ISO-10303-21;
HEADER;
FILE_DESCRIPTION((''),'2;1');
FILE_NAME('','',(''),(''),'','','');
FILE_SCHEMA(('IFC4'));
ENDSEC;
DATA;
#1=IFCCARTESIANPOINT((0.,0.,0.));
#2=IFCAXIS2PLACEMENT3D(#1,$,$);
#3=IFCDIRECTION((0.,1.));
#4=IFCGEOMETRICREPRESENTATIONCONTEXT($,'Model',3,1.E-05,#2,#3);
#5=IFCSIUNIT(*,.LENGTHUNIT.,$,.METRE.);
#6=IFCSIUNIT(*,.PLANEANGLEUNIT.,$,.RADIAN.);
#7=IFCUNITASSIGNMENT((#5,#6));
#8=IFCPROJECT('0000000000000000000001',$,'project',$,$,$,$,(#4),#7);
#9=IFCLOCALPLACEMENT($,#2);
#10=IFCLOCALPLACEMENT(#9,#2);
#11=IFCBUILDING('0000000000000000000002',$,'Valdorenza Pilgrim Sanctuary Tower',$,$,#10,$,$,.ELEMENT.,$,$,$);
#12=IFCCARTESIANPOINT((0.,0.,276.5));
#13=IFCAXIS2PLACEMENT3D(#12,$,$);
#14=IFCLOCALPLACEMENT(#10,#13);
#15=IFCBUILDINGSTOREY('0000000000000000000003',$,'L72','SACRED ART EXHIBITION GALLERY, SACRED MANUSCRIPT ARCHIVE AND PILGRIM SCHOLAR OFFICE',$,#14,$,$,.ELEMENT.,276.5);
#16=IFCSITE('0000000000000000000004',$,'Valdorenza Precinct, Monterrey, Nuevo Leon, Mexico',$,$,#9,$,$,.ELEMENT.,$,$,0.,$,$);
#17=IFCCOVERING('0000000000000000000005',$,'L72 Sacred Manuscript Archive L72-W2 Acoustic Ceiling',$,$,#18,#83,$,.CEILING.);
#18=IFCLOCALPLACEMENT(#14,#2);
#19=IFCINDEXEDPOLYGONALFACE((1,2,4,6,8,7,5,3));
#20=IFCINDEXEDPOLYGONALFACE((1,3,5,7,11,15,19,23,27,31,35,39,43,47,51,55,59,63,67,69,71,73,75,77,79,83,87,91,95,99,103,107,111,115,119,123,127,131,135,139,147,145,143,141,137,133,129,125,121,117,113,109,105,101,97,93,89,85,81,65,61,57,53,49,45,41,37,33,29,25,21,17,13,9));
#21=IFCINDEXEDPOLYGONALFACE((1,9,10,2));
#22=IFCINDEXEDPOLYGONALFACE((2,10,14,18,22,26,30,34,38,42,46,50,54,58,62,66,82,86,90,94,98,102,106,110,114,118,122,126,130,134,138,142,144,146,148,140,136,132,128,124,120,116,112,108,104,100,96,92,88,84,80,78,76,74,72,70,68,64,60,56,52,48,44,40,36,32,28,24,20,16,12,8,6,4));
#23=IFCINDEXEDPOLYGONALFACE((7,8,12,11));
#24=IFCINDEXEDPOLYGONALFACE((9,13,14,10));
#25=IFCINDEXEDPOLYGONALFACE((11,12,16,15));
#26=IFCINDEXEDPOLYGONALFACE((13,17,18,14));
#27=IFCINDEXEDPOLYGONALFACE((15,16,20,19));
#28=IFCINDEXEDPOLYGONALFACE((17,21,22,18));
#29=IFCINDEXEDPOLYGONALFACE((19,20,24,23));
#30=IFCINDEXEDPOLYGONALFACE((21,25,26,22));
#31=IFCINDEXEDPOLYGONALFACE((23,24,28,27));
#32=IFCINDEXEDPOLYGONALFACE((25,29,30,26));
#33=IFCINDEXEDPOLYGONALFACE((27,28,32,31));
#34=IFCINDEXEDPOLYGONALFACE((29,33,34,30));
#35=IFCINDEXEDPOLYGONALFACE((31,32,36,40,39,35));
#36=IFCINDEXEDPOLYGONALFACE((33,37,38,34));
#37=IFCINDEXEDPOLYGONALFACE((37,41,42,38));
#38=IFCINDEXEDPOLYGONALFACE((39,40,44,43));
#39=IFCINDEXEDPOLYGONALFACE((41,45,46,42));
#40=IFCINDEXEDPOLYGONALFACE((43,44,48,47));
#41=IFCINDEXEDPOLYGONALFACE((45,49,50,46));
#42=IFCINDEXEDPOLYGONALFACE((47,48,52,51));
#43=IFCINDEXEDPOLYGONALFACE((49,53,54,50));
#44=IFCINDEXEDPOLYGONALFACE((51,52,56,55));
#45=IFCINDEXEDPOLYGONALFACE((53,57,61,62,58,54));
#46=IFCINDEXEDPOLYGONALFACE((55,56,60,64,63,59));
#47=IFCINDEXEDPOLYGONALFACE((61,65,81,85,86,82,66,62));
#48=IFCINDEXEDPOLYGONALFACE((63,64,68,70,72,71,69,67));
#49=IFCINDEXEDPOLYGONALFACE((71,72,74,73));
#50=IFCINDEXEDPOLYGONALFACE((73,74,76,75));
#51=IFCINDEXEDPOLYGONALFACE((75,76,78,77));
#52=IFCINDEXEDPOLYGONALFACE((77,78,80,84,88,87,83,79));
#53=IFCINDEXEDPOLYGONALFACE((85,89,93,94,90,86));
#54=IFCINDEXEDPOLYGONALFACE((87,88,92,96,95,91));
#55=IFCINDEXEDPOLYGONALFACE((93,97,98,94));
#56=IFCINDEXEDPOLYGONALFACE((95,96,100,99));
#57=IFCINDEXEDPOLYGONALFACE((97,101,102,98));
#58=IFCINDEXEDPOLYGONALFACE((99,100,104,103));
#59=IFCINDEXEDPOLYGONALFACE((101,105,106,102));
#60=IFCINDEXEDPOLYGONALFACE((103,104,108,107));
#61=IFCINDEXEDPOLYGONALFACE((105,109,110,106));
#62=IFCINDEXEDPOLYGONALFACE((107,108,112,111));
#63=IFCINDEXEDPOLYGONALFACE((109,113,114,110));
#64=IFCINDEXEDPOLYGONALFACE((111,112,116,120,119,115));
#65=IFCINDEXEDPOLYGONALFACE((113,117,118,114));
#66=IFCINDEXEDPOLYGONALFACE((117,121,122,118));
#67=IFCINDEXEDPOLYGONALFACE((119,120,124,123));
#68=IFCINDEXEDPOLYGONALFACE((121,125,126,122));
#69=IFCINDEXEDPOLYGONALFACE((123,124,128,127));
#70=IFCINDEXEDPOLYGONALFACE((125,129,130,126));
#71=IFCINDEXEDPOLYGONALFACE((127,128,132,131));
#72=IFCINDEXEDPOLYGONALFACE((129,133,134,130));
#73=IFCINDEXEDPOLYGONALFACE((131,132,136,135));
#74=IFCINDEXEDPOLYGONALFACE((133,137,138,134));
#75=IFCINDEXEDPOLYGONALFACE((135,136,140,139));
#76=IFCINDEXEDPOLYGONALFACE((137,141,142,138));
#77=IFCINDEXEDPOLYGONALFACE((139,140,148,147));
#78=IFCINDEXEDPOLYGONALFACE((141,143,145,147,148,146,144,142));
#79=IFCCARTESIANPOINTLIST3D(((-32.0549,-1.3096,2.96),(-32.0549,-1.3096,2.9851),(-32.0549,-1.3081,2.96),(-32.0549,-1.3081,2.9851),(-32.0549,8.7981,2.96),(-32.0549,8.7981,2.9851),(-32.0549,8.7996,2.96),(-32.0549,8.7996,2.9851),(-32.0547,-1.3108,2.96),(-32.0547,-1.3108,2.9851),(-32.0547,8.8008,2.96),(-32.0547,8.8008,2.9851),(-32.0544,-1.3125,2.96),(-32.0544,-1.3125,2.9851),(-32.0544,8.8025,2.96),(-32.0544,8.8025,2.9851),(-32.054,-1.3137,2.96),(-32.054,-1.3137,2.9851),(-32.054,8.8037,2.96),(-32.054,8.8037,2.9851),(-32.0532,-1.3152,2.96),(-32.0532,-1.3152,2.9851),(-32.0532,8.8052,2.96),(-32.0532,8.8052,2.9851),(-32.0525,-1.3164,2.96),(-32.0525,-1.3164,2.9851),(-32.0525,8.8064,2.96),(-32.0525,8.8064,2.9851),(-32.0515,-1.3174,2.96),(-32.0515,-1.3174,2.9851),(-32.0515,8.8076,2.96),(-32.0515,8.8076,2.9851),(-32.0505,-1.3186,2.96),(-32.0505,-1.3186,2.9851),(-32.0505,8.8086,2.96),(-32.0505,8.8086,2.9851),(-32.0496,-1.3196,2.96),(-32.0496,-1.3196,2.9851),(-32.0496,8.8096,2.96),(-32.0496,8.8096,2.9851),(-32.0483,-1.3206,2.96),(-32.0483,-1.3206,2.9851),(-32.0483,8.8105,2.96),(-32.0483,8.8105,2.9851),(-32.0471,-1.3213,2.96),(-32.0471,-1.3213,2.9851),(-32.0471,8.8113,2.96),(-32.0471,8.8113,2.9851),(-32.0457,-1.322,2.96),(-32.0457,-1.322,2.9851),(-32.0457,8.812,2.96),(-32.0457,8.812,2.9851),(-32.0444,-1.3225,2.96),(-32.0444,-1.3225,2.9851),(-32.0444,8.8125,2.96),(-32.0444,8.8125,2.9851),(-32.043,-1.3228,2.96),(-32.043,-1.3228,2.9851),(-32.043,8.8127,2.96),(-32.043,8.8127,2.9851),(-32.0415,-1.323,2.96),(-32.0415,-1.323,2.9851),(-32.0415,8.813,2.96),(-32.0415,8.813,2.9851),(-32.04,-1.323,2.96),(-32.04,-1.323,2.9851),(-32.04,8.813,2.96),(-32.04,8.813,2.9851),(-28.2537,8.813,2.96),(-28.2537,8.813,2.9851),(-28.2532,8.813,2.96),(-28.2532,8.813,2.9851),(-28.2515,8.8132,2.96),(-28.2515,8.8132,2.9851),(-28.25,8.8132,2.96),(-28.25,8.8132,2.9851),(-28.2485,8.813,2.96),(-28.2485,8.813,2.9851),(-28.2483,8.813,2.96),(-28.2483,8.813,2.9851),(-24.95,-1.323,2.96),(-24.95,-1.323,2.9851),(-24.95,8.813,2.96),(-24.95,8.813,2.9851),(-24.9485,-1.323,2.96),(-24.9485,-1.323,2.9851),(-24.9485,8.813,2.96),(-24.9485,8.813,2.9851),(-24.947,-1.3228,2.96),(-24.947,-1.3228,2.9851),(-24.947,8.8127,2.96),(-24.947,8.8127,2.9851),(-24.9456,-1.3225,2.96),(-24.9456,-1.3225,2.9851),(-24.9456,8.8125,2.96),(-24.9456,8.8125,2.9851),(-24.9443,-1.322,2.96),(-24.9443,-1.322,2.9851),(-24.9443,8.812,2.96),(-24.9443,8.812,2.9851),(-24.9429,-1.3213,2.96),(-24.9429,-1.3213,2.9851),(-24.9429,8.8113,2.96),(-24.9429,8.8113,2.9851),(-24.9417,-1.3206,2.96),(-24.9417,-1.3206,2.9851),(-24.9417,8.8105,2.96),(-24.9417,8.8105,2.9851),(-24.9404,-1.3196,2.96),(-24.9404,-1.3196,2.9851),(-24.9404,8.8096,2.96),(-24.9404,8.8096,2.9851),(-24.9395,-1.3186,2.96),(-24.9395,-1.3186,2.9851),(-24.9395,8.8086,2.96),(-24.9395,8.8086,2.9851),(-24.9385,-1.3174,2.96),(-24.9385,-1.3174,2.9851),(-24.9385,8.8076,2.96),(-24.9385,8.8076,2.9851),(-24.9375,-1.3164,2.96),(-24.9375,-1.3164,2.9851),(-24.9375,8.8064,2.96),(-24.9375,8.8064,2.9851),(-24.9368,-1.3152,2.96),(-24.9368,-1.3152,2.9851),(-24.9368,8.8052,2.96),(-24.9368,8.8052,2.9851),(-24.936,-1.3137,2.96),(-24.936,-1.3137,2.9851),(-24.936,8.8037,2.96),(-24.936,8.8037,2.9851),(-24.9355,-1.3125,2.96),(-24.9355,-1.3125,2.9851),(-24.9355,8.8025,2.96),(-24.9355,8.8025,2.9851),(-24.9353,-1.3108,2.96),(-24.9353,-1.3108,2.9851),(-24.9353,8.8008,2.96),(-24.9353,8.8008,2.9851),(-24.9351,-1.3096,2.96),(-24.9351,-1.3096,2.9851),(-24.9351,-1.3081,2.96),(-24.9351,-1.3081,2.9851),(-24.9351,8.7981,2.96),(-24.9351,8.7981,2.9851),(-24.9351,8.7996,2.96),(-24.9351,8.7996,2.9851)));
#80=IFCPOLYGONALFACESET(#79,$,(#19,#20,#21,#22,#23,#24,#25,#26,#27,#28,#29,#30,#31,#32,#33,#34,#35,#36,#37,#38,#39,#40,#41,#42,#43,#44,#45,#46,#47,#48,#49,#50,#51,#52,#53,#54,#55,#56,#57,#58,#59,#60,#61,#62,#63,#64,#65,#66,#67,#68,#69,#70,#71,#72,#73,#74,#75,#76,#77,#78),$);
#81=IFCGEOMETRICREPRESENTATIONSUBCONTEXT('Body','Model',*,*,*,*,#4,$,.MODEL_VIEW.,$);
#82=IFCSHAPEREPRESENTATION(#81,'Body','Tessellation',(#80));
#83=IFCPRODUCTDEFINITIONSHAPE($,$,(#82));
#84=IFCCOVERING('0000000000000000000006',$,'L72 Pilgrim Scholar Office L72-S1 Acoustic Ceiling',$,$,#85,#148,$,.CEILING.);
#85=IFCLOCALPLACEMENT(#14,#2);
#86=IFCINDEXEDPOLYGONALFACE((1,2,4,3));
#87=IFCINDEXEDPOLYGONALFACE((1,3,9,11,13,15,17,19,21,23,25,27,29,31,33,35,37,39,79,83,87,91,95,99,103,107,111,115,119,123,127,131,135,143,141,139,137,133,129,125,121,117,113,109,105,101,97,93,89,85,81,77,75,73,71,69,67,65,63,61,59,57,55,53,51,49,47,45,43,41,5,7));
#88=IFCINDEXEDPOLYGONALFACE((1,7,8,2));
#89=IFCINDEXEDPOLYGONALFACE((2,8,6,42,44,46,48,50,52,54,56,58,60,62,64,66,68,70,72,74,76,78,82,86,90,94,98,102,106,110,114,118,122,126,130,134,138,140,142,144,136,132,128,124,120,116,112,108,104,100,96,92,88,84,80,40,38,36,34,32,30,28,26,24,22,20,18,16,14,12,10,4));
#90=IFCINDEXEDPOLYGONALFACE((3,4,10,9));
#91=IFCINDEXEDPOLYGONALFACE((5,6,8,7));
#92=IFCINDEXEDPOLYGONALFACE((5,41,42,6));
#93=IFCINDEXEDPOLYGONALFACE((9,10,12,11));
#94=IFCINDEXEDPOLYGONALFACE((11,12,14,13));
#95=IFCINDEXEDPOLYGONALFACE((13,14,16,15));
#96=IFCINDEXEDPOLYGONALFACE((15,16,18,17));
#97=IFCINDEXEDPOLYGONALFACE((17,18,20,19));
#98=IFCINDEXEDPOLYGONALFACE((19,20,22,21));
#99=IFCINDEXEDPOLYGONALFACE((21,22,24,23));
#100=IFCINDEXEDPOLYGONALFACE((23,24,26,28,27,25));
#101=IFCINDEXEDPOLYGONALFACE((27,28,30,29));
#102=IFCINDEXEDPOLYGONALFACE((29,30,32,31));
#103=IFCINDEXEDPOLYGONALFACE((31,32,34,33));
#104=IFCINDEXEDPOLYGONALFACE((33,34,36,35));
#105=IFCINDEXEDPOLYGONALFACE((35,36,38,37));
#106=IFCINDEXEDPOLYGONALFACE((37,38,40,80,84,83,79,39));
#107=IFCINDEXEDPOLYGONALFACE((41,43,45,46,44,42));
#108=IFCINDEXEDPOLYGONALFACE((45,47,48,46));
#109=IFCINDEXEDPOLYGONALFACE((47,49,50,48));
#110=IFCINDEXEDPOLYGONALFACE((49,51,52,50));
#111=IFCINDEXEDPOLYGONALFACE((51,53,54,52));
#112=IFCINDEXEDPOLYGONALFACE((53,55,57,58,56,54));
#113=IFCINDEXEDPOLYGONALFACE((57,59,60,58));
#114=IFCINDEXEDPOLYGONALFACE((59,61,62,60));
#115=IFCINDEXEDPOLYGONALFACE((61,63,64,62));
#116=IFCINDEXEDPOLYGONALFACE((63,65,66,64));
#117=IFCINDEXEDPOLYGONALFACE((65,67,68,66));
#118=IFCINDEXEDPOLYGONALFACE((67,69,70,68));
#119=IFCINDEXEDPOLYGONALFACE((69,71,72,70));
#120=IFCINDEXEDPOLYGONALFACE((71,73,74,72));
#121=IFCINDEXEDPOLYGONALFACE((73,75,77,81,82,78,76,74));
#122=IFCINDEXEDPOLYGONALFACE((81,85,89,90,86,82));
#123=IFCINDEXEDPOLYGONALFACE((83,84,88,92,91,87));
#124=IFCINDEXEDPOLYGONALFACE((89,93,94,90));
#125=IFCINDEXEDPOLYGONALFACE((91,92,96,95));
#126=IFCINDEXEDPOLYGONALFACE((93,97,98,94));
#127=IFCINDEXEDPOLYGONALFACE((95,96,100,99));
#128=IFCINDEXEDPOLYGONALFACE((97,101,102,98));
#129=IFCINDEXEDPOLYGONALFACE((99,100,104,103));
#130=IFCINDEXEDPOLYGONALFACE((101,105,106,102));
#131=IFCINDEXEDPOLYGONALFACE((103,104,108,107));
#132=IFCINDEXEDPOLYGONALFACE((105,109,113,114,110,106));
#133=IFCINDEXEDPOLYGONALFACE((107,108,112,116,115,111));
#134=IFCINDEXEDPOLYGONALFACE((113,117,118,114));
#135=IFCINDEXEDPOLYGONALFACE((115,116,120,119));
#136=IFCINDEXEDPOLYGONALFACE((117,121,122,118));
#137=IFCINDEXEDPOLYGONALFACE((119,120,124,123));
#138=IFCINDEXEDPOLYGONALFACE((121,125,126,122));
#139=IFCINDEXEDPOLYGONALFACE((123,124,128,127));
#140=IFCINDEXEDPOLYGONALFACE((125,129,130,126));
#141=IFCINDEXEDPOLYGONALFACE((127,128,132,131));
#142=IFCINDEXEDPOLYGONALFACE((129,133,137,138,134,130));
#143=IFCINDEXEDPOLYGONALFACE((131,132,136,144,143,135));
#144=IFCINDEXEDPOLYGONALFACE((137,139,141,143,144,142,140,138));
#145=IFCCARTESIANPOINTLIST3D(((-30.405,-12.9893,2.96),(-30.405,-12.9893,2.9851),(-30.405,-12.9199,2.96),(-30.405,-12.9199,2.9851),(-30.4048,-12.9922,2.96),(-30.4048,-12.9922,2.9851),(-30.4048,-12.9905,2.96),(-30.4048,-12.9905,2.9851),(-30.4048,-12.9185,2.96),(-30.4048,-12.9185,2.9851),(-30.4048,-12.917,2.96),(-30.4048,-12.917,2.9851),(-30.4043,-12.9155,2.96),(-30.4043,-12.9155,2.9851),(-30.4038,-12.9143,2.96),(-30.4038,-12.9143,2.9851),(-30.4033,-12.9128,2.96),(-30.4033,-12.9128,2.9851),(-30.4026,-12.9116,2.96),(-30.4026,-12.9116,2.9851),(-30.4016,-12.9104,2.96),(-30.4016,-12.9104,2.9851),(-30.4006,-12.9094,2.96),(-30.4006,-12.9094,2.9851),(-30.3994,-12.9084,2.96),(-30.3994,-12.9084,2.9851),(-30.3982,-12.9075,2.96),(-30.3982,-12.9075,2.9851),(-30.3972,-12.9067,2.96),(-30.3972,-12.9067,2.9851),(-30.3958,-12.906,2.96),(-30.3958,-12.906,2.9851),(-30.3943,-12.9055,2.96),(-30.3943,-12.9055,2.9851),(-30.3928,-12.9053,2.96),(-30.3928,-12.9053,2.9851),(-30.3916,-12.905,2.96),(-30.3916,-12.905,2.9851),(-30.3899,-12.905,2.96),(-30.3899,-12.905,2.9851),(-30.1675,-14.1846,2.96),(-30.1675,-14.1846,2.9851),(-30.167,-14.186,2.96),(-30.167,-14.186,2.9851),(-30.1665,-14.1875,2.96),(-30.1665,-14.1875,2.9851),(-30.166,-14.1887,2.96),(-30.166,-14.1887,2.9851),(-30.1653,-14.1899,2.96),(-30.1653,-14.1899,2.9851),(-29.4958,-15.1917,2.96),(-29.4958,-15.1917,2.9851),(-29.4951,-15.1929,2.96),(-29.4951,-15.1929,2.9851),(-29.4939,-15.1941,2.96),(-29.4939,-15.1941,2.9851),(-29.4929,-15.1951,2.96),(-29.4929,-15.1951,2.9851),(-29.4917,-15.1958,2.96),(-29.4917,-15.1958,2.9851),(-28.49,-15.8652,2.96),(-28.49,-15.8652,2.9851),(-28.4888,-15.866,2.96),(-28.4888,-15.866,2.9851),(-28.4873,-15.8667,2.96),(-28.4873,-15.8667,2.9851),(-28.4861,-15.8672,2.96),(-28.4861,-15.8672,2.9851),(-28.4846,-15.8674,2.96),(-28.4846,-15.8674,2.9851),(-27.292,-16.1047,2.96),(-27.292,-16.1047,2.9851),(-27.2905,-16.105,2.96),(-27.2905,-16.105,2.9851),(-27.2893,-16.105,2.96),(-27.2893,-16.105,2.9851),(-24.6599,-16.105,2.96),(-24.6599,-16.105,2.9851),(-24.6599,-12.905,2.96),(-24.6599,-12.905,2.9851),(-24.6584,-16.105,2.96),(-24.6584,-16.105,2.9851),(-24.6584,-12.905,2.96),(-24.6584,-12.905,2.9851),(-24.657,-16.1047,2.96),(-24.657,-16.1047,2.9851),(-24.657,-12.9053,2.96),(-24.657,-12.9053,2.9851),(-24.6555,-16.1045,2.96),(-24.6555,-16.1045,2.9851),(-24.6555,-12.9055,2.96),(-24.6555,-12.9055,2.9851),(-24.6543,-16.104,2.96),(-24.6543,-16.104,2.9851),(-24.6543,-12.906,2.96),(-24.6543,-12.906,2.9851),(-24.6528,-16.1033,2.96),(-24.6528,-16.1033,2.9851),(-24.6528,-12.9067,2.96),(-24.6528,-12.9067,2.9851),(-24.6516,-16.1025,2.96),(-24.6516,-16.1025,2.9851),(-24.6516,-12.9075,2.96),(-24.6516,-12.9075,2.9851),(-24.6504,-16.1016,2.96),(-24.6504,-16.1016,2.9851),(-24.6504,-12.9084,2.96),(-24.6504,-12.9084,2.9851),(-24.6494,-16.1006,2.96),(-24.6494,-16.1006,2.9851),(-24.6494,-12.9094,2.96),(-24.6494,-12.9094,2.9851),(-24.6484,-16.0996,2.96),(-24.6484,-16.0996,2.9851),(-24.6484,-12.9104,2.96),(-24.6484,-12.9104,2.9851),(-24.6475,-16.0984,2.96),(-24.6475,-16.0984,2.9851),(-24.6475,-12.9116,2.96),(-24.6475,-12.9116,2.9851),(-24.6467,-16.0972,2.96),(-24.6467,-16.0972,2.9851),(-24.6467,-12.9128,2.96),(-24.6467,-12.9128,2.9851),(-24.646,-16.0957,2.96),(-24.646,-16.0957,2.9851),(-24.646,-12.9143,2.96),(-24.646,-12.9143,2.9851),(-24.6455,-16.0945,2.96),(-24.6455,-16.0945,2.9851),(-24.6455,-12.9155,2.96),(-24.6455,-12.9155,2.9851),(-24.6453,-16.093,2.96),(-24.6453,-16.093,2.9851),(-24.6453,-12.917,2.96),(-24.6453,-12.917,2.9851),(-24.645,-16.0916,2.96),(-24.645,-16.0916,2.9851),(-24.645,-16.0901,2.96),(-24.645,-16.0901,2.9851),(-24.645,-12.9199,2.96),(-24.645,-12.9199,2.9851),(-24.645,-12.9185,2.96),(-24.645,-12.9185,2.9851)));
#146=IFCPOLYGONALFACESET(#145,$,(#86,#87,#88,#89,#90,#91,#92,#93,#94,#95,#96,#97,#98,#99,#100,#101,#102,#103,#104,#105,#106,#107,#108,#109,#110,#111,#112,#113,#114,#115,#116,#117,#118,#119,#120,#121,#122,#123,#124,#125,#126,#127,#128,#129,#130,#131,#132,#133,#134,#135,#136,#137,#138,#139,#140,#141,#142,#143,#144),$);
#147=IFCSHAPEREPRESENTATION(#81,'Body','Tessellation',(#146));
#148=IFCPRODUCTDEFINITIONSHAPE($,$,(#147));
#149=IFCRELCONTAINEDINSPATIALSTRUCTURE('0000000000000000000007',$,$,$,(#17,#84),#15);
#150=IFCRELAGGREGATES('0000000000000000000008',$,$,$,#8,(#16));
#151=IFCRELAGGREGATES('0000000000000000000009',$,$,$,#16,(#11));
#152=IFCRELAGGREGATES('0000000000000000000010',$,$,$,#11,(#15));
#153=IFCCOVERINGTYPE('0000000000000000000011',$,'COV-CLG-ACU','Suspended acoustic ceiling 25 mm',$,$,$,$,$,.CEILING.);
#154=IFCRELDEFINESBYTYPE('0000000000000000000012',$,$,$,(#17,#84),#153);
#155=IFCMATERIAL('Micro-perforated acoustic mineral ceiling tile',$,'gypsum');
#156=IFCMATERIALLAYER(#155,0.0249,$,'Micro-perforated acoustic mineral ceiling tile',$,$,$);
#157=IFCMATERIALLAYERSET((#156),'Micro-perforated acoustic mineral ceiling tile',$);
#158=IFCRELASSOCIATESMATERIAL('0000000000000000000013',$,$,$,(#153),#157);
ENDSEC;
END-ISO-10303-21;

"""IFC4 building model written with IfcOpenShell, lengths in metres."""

from ifc_helpers import new_model, si_unit, direction, frame, origin, place, context, subcontext, project, spatial, polyline, outline, extrude, material, layer, layer_set, type_object, element, save


model = new_model("IFC4")

# Units and contexts
model_context = context("Model", 3, precision=1e-05, world=origin(), true_north=direction((0.0, 1.0)))
body_context = subcontext(model_context, "Body", "Model", "MODEL_VIEW")
ifc_project = project(units=[si_unit("LENGTHUNIT", "METRE"), si_unit("PLANEANGLEUNIT", "RADIAN")], contexts=[model_context])

# Site, building, storey
site_placement = place(None, origin())
site = spatial("IfcSite", under=ifc_project, at=site_placement, Name="Valdorenza Precinct, Monterrey, Nuevo Leon, Mexico", CompositionType="ELEMENT", RefElevation=0.0)
building_placement = place(site_placement, origin())
building = spatial("IfcBuilding", under=site, at=building_placement, Name="Valdorenza Pilgrim Sanctuary Tower", CompositionType="ELEMENT")
storey_placement = place(building_placement, frame((0.0, 0.0, 276.5)))
storey = spatial("IfcBuildingStorey", under=building, at=storey_placement, Name="L72", Description="SACRED ART EXHIBITION GALLERY, SACRED MANUSCRIPT ARCHIVE AND PILGRIM SCHOLAR OFFICE", CompositionType="ELEMENT", Elevation=276.5)

# Coverings
ifc_material_1 = material(Name="Micro-perforated acoustic mineral ceiling tile", Category="gypsum")
ifc_layer_1 = layer(ifc_material_1, 0.0249, Name="Micro-perforated acoustic mineral ceiling tile")
ifc_layer_set_1 = layer_set([ifc_layer_1], Name="Micro-perforated acoustic mineral ceiling tile")
covering_type_1 = type_object("IfcCoveringType", Name="COV-CLG-ACU", Description="Suspended acoustic ceiling 25 mm", PredefinedType="CEILING", material=ifc_layer_set_1)
covering_1_placement = place(storey_placement, frame((0.0, 0.0, 2.96)))
element("IfcCovering", 1, at=covering_1_placement, inside=storey, type_object=covering_type_1, Name="L72 Sacred Manuscript Archive L72-W2 Acoustic Ceiling", PredefinedType="CEILING", context=body_context, shape_type="SweptSolid", body=[
    extrude(outline(polyline([(-28.2537, 8.813), (-28.2532, 8.813), (-28.2515, 8.8132), (-28.25, 8.8132), (-28.2485, 8.813), (-28.2483, 8.813), (-24.95, 8.813), (-24.9485, 8.813), (-24.947, 8.8127), (-24.9456, 8.8125), (-24.9443, 8.812), (-24.9429, 8.8113), (-24.9417, 8.8105), (-24.9404, 8.8096), (-24.9395, 8.8086), (-24.9385, 8.8076), (-24.9375, 8.8064), (-24.9368, 8.8052), (-24.936, 8.8037), (-24.9355, 8.8025), (-24.9353, 8.8008), (-24.9351, 8.7996), (-24.9351, 8.7981), (-24.9351, -1.3081), (-24.9351, -1.3096), (-24.9353, -1.3108), (-24.9355, -1.3125), (-24.936, -1.3137), (-24.9368, -1.3152), (-24.9375, -1.3164), (-24.9385, -1.3174), (-24.9395, -1.3186), (-24.9404, -1.3196), (-24.9417, -1.3206), (-24.9429, -1.3213), (-24.9443, -1.322), (-24.9456, -1.3225), (-24.947, -1.3228), (-24.9485, -1.323), (-24.95, -1.323), (-32.04, -1.323), (-32.0415, -1.323), (-32.043, -1.3228), (-32.0444, -1.3225), (-32.0457, -1.322), (-32.0471, -1.3213), (-32.0483, -1.3206), (-32.0496, -1.3196), (-32.0505, -1.3186), (-32.0515, -1.3174), (-32.0525, -1.3164), (-32.0532, -1.3152), (-32.054, -1.3137), (-32.0544, -1.3125), (-32.0547, -1.3108), (-32.0549, -1.3096), (-32.0549, -1.3081), (-32.0549, 8.7981), (-32.0549, 8.7996), (-32.0547, 8.8008), (-32.0544, 8.8025), (-32.054, 8.8037), (-32.0532, 8.8052), (-32.0525, 8.8064), (-32.0515, 8.8076), (-32.0505, 8.8086), (-32.0496, 8.8096), (-32.0483, 8.8105), (-32.0471, 8.8113), (-32.0457, 8.812), (-32.0444, 8.8125), (-32.043, 8.8127), (-32.0415, 8.813), (-32.04, 8.813), (-28.2537, 8.813)])), origin(), (0.0, 0.0, 1.0), 0.0251),
])
covering_2_placement = place(storey_placement, frame((0.0, 0.0, 2.96)))
element("IfcCovering", 2, at=covering_2_placement, inside=storey, type_object=covering_type_1, Name="L72 Pilgrim Scholar Office L72-S1 Acoustic Ceiling", PredefinedType="CEILING", context=body_context, shape_type="SweptSolid", body=[
    extrude(outline(polyline([(-24.645, -16.0901), (-24.645, -16.0916), (-24.6453, -16.093), (-24.6455, -16.0945), (-24.646, -16.0957), (-24.6467, -16.0972), (-24.6475, -16.0984), (-24.6484, -16.0996), (-24.6494, -16.1006), (-24.6504, -16.1016), (-24.6516, -16.1025), (-24.6528, -16.1033), (-24.6543, -16.104), (-24.6555, -16.1045), (-24.657, -16.1047), (-24.6584, -16.105), (-24.6599, -16.105), (-27.2893, -16.105), (-27.2905, -16.105), (-27.292, -16.1047), (-28.4846, -15.8674), (-28.4861, -15.8672), (-28.4873, -15.8667), (-28.4888, -15.866), (-28.49, -15.8652), (-29.4917, -15.1958), (-29.4929, -15.1951), (-29.4939, -15.1941), (-29.4951, -15.1929), (-29.4958, -15.1917), (-30.1653, -14.1899), (-30.166, -14.1887), (-30.1665, -14.1875), (-30.167, -14.186), (-30.1675, -14.1846), (-30.4048, -12.9922), (-30.4048, -12.9905), (-30.405, -12.9893), (-30.405, -12.9199), (-30.4048, -12.9185), (-30.4048, -12.917), (-30.4043, -12.9155), (-30.4038, -12.9143), (-30.4033, -12.9128), (-30.4026, -12.9116), (-30.4016, -12.9104), (-30.4006, -12.9094), (-30.3994, -12.9084), (-30.3982, -12.9075), (-30.3972, -12.9067), (-30.3958, -12.906), (-30.3943, -12.9055), (-30.3928, -12.9053), (-30.3916, -12.905), (-30.3899, -12.905), (-24.6599, -12.905), (-24.6584, -12.905), (-24.657, -12.9053), (-24.6555, -12.9055), (-24.6543, -12.906), (-24.6528, -12.9067), (-24.6516, -12.9075), (-24.6504, -12.9084), (-24.6494, -12.9094), (-24.6484, -12.9104), (-24.6475, -12.9116), (-24.6467, -12.9128), (-24.646, -12.9143), (-24.6455, -12.9155), (-24.6453, -12.917), (-24.645, -12.9185), (-24.645, -12.9199), (-24.645, -16.0901)])), origin(), (0.0, 0.0, 1.0), 0.0251),
])

save(model, "model.ifc")
